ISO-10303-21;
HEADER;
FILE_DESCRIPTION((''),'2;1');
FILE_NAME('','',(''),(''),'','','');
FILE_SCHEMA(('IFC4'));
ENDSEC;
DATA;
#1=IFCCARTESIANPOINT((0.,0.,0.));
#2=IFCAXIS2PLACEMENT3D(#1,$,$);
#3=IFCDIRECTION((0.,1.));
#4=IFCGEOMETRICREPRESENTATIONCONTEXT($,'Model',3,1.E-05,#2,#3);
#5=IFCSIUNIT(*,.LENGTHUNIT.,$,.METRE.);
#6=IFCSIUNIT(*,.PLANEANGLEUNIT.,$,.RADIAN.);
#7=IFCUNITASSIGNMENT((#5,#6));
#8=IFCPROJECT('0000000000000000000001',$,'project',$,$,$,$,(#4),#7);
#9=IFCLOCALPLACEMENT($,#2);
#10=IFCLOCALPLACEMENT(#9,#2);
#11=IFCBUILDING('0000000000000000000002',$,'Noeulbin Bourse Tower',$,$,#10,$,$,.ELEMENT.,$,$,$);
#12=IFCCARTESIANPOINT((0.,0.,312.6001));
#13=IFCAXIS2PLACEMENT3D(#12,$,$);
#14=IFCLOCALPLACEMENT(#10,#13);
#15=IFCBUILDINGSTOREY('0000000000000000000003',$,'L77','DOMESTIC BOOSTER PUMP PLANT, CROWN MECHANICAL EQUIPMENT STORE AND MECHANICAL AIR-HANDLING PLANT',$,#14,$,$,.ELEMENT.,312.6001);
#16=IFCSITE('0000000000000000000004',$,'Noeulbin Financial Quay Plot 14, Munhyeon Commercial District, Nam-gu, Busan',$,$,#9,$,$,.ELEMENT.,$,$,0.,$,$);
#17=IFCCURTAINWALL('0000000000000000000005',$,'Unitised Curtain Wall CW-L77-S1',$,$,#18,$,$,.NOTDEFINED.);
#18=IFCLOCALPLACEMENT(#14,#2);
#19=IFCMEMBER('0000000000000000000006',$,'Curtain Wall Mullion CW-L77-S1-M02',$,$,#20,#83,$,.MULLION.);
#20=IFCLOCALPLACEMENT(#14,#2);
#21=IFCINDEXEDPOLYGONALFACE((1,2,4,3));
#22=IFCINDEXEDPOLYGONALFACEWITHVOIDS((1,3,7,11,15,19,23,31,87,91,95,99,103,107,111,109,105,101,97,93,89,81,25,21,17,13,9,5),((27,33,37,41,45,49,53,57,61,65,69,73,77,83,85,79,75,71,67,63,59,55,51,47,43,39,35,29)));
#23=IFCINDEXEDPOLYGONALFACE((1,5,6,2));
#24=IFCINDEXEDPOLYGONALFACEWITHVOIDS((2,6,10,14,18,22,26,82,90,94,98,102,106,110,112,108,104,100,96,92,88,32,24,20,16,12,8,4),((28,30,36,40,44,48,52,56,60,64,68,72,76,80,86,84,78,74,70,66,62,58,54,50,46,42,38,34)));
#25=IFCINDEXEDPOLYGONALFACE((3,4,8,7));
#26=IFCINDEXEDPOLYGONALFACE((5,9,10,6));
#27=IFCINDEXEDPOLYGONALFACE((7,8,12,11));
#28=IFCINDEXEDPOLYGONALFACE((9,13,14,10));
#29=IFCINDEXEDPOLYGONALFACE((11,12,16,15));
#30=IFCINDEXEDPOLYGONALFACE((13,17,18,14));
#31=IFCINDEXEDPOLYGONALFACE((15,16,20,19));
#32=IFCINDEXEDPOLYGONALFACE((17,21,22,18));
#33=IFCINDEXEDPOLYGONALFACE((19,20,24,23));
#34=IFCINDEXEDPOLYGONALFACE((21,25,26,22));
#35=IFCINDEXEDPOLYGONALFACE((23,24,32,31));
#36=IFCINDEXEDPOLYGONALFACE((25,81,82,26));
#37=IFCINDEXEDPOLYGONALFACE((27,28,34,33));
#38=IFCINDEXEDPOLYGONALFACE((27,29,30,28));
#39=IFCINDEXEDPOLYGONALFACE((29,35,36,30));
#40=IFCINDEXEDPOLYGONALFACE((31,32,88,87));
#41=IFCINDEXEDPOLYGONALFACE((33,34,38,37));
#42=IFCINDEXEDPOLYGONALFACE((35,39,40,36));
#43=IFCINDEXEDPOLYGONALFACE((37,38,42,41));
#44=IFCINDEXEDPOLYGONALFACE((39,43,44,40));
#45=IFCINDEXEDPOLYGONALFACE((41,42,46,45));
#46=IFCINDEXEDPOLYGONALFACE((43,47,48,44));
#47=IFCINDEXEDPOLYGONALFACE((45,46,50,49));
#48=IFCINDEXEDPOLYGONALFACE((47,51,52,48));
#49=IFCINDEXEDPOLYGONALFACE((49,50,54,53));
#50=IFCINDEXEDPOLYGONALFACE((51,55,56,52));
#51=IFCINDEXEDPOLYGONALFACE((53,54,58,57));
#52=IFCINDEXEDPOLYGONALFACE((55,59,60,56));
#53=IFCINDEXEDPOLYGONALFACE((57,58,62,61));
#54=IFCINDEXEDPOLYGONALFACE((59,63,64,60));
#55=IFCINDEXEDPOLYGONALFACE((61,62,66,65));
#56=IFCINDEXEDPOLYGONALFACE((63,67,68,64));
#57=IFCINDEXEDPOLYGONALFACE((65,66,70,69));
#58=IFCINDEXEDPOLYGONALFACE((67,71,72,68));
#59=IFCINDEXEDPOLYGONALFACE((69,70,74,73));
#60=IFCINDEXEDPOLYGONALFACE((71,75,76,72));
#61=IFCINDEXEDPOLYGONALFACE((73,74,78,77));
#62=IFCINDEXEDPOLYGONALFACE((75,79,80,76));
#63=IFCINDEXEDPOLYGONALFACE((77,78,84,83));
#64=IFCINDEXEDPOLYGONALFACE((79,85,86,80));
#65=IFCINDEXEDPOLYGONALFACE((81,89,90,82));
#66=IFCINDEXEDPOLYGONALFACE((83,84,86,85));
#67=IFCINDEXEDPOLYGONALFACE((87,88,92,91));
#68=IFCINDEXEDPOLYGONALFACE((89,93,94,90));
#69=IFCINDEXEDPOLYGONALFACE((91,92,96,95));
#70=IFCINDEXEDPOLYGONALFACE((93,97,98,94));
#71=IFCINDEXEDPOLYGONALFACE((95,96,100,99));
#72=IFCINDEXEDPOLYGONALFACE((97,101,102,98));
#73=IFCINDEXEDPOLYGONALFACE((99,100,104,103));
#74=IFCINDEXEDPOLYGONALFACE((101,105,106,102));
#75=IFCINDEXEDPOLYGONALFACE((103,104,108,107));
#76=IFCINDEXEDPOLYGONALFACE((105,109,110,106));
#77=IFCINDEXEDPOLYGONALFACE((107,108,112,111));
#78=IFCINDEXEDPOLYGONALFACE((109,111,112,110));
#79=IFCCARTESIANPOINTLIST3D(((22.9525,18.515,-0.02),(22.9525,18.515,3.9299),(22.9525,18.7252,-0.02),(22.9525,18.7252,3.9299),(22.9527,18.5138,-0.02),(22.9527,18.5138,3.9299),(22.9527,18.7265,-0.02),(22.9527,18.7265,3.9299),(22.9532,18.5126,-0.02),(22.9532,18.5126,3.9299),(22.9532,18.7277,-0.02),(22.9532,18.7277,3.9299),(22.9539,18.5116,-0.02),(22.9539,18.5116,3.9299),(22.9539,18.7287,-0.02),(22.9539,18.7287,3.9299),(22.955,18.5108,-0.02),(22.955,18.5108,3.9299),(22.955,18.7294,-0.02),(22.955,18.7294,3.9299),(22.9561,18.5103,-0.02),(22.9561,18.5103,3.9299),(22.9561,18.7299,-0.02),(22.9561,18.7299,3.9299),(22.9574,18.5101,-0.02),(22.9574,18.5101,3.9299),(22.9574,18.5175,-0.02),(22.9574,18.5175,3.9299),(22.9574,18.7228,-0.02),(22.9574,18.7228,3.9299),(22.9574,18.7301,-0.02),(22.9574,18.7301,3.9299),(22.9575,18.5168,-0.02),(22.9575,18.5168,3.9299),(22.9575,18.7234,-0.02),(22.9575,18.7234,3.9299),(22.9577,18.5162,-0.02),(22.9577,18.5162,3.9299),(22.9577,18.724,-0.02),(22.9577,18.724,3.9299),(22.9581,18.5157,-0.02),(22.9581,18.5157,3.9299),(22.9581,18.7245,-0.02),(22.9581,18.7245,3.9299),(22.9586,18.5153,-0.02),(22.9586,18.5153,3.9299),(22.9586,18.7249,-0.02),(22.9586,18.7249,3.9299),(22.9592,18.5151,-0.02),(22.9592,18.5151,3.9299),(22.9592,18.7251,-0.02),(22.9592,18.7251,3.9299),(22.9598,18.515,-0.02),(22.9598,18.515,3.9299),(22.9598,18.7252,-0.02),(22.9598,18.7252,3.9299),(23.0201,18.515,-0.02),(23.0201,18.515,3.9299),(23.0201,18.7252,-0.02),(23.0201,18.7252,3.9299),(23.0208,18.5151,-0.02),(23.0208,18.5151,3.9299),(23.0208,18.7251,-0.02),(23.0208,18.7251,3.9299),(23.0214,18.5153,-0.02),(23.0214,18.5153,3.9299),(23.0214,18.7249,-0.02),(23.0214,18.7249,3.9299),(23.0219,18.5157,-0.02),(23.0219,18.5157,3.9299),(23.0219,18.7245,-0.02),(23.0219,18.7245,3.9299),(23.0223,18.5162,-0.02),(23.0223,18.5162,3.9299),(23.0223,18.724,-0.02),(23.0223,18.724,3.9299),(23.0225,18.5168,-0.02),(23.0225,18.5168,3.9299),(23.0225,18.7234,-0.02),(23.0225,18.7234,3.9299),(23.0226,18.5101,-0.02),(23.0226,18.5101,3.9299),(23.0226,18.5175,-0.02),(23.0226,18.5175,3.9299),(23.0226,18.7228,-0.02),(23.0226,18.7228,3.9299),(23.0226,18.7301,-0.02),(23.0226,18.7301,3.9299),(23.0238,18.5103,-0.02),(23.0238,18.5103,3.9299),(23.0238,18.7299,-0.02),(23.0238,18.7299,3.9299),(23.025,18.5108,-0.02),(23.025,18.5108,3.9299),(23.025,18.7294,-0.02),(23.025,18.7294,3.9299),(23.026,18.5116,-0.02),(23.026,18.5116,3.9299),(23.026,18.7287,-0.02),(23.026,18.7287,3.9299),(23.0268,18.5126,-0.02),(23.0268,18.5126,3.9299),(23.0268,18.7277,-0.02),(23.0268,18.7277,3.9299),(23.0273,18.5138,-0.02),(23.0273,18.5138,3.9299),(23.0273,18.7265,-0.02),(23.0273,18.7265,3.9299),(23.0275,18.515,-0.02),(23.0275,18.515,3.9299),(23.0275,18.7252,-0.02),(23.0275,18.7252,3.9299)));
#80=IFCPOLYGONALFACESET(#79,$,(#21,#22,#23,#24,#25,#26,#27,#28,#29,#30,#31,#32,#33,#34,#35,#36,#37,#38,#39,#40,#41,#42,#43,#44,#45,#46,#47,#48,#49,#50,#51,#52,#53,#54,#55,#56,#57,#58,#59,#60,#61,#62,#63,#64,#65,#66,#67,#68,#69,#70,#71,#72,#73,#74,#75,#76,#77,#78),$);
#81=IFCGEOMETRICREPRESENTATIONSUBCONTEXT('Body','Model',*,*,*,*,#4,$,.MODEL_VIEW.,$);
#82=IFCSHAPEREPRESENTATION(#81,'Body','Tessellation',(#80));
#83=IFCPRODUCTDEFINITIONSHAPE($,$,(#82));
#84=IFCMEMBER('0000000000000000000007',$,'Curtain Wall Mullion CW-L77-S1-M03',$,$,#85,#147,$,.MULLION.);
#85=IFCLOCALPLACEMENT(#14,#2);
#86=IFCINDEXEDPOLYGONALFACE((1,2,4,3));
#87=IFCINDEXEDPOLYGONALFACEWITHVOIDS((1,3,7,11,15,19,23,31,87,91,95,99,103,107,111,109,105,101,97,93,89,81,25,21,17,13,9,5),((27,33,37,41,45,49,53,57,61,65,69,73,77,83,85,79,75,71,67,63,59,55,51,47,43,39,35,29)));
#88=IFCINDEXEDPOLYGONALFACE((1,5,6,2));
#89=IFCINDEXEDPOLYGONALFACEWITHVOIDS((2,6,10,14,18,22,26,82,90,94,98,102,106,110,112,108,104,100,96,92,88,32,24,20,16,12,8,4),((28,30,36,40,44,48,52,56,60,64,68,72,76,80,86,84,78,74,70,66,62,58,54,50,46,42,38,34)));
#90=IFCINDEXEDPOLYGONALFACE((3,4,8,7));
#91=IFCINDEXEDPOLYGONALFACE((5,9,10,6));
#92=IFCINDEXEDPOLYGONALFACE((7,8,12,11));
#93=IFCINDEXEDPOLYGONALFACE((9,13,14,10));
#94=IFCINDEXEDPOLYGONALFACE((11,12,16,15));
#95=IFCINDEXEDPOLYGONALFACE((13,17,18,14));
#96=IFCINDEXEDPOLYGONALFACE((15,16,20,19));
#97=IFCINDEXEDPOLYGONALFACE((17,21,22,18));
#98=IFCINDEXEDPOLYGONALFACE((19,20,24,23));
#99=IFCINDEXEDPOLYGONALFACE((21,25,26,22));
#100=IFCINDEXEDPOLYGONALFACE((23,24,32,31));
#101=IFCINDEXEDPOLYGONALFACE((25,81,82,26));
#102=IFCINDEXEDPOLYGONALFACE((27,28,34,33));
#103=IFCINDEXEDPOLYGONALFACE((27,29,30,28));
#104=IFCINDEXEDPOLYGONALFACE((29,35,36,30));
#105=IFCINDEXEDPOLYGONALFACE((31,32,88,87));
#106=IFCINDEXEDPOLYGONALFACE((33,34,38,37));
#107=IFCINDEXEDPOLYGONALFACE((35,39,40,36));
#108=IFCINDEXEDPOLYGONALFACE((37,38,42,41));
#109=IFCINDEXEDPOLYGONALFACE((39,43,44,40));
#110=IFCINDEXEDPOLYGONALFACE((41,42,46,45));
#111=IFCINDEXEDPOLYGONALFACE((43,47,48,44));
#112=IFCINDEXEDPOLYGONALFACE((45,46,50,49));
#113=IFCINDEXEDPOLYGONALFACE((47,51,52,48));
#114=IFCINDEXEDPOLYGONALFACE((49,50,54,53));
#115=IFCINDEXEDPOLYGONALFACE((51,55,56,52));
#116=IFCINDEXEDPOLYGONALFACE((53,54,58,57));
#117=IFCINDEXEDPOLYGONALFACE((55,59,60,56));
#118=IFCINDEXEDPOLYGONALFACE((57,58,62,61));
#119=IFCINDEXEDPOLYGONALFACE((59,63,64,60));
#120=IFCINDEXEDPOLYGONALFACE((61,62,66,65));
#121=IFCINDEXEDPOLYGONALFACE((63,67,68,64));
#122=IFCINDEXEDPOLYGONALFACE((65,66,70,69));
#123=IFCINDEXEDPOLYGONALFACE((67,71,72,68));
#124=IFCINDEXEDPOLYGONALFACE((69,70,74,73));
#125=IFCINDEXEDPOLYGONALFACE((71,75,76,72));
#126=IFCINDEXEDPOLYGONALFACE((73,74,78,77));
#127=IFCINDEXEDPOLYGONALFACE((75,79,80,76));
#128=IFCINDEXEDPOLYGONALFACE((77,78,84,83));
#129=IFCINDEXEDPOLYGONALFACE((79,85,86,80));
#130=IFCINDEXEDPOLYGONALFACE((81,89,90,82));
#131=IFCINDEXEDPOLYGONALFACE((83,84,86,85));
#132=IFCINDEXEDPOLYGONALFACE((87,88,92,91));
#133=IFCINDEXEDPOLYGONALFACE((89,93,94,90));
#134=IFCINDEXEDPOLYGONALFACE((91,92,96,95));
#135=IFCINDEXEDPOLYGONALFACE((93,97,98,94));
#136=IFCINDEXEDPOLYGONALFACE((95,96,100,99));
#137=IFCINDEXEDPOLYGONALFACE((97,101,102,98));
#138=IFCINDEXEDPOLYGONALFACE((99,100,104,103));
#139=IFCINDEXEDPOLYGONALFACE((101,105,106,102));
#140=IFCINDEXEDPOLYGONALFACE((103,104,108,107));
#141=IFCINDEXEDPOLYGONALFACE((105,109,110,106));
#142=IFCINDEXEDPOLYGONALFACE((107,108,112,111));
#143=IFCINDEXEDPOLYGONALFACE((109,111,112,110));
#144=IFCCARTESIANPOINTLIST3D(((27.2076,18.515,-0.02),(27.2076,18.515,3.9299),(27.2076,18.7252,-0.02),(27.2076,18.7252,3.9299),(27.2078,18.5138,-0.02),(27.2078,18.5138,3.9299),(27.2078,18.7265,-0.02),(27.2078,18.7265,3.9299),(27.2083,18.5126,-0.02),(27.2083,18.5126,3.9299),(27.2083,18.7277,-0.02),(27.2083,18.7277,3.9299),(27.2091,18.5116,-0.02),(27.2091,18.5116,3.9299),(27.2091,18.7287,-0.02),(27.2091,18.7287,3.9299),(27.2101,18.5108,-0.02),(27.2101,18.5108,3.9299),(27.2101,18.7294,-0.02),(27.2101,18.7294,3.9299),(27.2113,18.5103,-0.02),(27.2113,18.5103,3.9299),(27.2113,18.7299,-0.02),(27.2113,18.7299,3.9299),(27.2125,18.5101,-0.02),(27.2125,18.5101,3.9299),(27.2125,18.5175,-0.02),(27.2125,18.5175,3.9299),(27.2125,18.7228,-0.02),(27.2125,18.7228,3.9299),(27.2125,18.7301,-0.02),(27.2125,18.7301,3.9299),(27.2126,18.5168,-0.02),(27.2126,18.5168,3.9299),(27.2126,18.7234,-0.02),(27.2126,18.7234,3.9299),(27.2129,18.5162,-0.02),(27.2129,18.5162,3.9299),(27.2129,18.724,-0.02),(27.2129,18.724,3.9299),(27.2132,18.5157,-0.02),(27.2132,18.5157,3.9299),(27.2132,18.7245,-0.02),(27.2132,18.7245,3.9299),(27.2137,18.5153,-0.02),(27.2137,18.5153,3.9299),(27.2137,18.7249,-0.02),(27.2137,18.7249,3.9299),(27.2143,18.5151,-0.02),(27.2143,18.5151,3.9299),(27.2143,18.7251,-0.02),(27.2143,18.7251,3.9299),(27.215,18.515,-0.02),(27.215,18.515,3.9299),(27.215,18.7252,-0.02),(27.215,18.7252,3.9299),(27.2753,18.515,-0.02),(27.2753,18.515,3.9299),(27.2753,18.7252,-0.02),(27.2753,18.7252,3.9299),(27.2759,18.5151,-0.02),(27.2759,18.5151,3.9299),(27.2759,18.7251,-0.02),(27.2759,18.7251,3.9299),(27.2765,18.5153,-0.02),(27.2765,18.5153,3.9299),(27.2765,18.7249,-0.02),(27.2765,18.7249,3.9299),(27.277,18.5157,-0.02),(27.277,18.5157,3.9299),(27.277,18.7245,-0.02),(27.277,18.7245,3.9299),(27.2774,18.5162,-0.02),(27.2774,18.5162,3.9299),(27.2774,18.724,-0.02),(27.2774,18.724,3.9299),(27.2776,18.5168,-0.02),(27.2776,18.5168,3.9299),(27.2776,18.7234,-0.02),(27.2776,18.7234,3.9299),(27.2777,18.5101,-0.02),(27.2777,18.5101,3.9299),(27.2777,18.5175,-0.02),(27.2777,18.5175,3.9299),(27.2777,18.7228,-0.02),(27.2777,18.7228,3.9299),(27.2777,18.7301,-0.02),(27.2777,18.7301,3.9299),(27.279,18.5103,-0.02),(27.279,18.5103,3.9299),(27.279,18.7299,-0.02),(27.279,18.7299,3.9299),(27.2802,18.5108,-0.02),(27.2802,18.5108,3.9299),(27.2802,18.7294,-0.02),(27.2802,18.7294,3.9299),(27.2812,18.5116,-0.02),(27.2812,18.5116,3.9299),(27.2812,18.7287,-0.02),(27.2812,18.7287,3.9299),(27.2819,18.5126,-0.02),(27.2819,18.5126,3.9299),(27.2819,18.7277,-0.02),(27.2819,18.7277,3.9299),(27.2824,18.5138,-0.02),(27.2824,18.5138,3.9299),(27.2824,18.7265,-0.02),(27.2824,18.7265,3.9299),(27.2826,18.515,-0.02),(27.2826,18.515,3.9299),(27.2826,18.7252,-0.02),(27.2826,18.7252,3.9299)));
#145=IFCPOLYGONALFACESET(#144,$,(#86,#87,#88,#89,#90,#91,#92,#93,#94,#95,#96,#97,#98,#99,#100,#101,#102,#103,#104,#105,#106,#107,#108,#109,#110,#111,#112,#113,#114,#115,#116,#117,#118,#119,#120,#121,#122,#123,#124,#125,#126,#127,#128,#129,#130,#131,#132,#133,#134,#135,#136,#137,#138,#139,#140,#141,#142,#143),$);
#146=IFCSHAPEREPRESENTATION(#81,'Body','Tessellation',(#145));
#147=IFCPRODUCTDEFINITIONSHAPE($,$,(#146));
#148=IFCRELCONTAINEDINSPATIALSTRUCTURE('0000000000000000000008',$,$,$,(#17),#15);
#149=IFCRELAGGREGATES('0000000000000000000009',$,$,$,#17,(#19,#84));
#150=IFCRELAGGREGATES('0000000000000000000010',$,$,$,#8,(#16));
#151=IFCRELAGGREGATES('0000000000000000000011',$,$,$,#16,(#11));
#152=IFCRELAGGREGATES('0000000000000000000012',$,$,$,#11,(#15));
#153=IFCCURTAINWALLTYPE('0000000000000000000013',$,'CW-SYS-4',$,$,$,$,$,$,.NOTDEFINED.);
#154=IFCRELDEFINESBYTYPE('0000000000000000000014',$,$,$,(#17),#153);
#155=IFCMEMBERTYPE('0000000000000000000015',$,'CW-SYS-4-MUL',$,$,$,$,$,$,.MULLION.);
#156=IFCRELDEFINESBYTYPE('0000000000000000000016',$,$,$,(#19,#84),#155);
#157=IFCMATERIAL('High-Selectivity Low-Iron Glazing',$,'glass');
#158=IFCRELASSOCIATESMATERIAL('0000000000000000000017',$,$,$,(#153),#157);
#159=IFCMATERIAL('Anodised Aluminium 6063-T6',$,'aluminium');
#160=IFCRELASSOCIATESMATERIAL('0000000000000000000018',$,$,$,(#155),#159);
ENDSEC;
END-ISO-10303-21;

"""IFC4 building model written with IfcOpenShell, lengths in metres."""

from ifc_helpers import new_model, si_unit, direction, frame, origin, origin_2d, place, context, subcontext, project, spatial, hollow_rectangle, extrude, material, material_profile, profile_set, type_object, element, aggregate, save


model = new_model("IFC4")

# Units and contexts
model_context = context("Model", 3, precision=1e-05, world=origin(), true_north=direction((0.0, 1.0)))
body_context = subcontext(model_context, "Body", "Model", "MODEL_VIEW")
ifc_project = project(units=[si_unit("LENGTHUNIT", "METRE"), si_unit("PLANEANGLEUNIT", "RADIAN")], contexts=[model_context])

# Site, building, storey
site_placement = place(None, origin())
site = spatial("IfcSite", under=ifc_project, at=site_placement, Name="Noeulbin Financial Quay Plot 14, Munhyeon Commercial District, Nam-gu, Busan", CompositionType="ELEMENT", RefElevation=0.0)
building_placement = place(site_placement, origin())
building = spatial("IfcBuilding", under=site, at=building_placement, Name="Noeulbin Bourse Tower", CompositionType="ELEMENT")
storey_placement = place(building_placement, frame((0.0, 0.0, 312.6001)))
storey = spatial("IfcBuildingStorey", under=building, at=storey_placement, Name="L77", Description="DOMESTIC BOOSTER PUMP PLANT, CROWN MECHANICAL EQUIPMENT STORE AND MECHANICAL AIR-HANDLING PLANT", CompositionType="ELEMENT", Elevation=312.6001)

# Curtain wall, members
ifc_material_1 = material(Name="High-Selectivity Low-Iron Glazing", Category="glass")
curtain_wall_type = type_object("IfcCurtainWallType", Name="CW-SYS-4", PredefinedType="NOTDEFINED", material=ifc_material_1)
curtain_wall_placement = place(storey_placement, origin())
curtain_wall = element("IfcCurtainWall", 1, at=curtain_wall_placement, inside=storey, type_object=curtain_wall_type, Name="Unitised Curtain Wall CW-L77-S1", PredefinedType="NOTDEFINED")
ifc_material_2 = material(Name="Anodised Aluminium 6063-T6", Category="aluminium")
ifc_material_profile_1 = material_profile(ifc_material_2, hollow_rectangle(XDim=0.075, YDim=0.22, WallThickness=0.0049, InnerFilletRadius=0.0024, OuterFilletRadius=0.0049, at=origin_2d()), Name="ALU-MULL-75x220x5", Category="LoadBearing")
ifc_profile_set_1 = profile_set([ifc_material_profile_1], Name="Anodised Aluminium 6063-T6")
member_type = type_object("IfcMemberType", Name="CW-SYS-4-MUL", PredefinedType="MULLION", material=ifc_profile_set_1)
member_1_placement = place(storey_placement, frame((22.99, 18.6201, -0.02), z_axis=(0.0, 0.0, 1.0), x_axis=(1.0, 0.0, 0.0)))
member_1 = element("IfcMember", 2, at=member_1_placement, type_object=member_type, Name="Curtain Wall Mullion CW-L77-S1-M02", PredefinedType="MULLION", context=body_context, shape_type="SweptSolid", body=[
    extrude(hollow_rectangle(XDim=0.075, YDim=0.22, WallThickness=0.0049, InnerFilletRadius=0.0024, OuterFilletRadius=0.0049, at=origin_2d()), origin(), (0.0, 0.0, 1.0), 3.95),
])
member_2_placement = place(storey_placement, frame((27.2451, 18.6201, -0.02), z_axis=(0.0, 0.0, 1.0), x_axis=(1.0, 0.0, 0.0)))
member_2 = element("IfcMember", 3, at=member_2_placement, type_object=member_type, Name="Curtain Wall Mullion CW-L77-S1-M03", PredefinedType="MULLION", context=body_context, shape_type="SweptSolid", body=[
    extrude(hollow_rectangle(XDim=0.075, YDim=0.22, WallThickness=0.0049, InnerFilletRadius=0.0024, OuterFilletRadius=0.0049, at=origin_2d()), origin(), (0.0, 0.0, 1.0), 3.95),
])
aggregate(curtain_wall, [member_1, member_2])

save(model, "model.ifc")
